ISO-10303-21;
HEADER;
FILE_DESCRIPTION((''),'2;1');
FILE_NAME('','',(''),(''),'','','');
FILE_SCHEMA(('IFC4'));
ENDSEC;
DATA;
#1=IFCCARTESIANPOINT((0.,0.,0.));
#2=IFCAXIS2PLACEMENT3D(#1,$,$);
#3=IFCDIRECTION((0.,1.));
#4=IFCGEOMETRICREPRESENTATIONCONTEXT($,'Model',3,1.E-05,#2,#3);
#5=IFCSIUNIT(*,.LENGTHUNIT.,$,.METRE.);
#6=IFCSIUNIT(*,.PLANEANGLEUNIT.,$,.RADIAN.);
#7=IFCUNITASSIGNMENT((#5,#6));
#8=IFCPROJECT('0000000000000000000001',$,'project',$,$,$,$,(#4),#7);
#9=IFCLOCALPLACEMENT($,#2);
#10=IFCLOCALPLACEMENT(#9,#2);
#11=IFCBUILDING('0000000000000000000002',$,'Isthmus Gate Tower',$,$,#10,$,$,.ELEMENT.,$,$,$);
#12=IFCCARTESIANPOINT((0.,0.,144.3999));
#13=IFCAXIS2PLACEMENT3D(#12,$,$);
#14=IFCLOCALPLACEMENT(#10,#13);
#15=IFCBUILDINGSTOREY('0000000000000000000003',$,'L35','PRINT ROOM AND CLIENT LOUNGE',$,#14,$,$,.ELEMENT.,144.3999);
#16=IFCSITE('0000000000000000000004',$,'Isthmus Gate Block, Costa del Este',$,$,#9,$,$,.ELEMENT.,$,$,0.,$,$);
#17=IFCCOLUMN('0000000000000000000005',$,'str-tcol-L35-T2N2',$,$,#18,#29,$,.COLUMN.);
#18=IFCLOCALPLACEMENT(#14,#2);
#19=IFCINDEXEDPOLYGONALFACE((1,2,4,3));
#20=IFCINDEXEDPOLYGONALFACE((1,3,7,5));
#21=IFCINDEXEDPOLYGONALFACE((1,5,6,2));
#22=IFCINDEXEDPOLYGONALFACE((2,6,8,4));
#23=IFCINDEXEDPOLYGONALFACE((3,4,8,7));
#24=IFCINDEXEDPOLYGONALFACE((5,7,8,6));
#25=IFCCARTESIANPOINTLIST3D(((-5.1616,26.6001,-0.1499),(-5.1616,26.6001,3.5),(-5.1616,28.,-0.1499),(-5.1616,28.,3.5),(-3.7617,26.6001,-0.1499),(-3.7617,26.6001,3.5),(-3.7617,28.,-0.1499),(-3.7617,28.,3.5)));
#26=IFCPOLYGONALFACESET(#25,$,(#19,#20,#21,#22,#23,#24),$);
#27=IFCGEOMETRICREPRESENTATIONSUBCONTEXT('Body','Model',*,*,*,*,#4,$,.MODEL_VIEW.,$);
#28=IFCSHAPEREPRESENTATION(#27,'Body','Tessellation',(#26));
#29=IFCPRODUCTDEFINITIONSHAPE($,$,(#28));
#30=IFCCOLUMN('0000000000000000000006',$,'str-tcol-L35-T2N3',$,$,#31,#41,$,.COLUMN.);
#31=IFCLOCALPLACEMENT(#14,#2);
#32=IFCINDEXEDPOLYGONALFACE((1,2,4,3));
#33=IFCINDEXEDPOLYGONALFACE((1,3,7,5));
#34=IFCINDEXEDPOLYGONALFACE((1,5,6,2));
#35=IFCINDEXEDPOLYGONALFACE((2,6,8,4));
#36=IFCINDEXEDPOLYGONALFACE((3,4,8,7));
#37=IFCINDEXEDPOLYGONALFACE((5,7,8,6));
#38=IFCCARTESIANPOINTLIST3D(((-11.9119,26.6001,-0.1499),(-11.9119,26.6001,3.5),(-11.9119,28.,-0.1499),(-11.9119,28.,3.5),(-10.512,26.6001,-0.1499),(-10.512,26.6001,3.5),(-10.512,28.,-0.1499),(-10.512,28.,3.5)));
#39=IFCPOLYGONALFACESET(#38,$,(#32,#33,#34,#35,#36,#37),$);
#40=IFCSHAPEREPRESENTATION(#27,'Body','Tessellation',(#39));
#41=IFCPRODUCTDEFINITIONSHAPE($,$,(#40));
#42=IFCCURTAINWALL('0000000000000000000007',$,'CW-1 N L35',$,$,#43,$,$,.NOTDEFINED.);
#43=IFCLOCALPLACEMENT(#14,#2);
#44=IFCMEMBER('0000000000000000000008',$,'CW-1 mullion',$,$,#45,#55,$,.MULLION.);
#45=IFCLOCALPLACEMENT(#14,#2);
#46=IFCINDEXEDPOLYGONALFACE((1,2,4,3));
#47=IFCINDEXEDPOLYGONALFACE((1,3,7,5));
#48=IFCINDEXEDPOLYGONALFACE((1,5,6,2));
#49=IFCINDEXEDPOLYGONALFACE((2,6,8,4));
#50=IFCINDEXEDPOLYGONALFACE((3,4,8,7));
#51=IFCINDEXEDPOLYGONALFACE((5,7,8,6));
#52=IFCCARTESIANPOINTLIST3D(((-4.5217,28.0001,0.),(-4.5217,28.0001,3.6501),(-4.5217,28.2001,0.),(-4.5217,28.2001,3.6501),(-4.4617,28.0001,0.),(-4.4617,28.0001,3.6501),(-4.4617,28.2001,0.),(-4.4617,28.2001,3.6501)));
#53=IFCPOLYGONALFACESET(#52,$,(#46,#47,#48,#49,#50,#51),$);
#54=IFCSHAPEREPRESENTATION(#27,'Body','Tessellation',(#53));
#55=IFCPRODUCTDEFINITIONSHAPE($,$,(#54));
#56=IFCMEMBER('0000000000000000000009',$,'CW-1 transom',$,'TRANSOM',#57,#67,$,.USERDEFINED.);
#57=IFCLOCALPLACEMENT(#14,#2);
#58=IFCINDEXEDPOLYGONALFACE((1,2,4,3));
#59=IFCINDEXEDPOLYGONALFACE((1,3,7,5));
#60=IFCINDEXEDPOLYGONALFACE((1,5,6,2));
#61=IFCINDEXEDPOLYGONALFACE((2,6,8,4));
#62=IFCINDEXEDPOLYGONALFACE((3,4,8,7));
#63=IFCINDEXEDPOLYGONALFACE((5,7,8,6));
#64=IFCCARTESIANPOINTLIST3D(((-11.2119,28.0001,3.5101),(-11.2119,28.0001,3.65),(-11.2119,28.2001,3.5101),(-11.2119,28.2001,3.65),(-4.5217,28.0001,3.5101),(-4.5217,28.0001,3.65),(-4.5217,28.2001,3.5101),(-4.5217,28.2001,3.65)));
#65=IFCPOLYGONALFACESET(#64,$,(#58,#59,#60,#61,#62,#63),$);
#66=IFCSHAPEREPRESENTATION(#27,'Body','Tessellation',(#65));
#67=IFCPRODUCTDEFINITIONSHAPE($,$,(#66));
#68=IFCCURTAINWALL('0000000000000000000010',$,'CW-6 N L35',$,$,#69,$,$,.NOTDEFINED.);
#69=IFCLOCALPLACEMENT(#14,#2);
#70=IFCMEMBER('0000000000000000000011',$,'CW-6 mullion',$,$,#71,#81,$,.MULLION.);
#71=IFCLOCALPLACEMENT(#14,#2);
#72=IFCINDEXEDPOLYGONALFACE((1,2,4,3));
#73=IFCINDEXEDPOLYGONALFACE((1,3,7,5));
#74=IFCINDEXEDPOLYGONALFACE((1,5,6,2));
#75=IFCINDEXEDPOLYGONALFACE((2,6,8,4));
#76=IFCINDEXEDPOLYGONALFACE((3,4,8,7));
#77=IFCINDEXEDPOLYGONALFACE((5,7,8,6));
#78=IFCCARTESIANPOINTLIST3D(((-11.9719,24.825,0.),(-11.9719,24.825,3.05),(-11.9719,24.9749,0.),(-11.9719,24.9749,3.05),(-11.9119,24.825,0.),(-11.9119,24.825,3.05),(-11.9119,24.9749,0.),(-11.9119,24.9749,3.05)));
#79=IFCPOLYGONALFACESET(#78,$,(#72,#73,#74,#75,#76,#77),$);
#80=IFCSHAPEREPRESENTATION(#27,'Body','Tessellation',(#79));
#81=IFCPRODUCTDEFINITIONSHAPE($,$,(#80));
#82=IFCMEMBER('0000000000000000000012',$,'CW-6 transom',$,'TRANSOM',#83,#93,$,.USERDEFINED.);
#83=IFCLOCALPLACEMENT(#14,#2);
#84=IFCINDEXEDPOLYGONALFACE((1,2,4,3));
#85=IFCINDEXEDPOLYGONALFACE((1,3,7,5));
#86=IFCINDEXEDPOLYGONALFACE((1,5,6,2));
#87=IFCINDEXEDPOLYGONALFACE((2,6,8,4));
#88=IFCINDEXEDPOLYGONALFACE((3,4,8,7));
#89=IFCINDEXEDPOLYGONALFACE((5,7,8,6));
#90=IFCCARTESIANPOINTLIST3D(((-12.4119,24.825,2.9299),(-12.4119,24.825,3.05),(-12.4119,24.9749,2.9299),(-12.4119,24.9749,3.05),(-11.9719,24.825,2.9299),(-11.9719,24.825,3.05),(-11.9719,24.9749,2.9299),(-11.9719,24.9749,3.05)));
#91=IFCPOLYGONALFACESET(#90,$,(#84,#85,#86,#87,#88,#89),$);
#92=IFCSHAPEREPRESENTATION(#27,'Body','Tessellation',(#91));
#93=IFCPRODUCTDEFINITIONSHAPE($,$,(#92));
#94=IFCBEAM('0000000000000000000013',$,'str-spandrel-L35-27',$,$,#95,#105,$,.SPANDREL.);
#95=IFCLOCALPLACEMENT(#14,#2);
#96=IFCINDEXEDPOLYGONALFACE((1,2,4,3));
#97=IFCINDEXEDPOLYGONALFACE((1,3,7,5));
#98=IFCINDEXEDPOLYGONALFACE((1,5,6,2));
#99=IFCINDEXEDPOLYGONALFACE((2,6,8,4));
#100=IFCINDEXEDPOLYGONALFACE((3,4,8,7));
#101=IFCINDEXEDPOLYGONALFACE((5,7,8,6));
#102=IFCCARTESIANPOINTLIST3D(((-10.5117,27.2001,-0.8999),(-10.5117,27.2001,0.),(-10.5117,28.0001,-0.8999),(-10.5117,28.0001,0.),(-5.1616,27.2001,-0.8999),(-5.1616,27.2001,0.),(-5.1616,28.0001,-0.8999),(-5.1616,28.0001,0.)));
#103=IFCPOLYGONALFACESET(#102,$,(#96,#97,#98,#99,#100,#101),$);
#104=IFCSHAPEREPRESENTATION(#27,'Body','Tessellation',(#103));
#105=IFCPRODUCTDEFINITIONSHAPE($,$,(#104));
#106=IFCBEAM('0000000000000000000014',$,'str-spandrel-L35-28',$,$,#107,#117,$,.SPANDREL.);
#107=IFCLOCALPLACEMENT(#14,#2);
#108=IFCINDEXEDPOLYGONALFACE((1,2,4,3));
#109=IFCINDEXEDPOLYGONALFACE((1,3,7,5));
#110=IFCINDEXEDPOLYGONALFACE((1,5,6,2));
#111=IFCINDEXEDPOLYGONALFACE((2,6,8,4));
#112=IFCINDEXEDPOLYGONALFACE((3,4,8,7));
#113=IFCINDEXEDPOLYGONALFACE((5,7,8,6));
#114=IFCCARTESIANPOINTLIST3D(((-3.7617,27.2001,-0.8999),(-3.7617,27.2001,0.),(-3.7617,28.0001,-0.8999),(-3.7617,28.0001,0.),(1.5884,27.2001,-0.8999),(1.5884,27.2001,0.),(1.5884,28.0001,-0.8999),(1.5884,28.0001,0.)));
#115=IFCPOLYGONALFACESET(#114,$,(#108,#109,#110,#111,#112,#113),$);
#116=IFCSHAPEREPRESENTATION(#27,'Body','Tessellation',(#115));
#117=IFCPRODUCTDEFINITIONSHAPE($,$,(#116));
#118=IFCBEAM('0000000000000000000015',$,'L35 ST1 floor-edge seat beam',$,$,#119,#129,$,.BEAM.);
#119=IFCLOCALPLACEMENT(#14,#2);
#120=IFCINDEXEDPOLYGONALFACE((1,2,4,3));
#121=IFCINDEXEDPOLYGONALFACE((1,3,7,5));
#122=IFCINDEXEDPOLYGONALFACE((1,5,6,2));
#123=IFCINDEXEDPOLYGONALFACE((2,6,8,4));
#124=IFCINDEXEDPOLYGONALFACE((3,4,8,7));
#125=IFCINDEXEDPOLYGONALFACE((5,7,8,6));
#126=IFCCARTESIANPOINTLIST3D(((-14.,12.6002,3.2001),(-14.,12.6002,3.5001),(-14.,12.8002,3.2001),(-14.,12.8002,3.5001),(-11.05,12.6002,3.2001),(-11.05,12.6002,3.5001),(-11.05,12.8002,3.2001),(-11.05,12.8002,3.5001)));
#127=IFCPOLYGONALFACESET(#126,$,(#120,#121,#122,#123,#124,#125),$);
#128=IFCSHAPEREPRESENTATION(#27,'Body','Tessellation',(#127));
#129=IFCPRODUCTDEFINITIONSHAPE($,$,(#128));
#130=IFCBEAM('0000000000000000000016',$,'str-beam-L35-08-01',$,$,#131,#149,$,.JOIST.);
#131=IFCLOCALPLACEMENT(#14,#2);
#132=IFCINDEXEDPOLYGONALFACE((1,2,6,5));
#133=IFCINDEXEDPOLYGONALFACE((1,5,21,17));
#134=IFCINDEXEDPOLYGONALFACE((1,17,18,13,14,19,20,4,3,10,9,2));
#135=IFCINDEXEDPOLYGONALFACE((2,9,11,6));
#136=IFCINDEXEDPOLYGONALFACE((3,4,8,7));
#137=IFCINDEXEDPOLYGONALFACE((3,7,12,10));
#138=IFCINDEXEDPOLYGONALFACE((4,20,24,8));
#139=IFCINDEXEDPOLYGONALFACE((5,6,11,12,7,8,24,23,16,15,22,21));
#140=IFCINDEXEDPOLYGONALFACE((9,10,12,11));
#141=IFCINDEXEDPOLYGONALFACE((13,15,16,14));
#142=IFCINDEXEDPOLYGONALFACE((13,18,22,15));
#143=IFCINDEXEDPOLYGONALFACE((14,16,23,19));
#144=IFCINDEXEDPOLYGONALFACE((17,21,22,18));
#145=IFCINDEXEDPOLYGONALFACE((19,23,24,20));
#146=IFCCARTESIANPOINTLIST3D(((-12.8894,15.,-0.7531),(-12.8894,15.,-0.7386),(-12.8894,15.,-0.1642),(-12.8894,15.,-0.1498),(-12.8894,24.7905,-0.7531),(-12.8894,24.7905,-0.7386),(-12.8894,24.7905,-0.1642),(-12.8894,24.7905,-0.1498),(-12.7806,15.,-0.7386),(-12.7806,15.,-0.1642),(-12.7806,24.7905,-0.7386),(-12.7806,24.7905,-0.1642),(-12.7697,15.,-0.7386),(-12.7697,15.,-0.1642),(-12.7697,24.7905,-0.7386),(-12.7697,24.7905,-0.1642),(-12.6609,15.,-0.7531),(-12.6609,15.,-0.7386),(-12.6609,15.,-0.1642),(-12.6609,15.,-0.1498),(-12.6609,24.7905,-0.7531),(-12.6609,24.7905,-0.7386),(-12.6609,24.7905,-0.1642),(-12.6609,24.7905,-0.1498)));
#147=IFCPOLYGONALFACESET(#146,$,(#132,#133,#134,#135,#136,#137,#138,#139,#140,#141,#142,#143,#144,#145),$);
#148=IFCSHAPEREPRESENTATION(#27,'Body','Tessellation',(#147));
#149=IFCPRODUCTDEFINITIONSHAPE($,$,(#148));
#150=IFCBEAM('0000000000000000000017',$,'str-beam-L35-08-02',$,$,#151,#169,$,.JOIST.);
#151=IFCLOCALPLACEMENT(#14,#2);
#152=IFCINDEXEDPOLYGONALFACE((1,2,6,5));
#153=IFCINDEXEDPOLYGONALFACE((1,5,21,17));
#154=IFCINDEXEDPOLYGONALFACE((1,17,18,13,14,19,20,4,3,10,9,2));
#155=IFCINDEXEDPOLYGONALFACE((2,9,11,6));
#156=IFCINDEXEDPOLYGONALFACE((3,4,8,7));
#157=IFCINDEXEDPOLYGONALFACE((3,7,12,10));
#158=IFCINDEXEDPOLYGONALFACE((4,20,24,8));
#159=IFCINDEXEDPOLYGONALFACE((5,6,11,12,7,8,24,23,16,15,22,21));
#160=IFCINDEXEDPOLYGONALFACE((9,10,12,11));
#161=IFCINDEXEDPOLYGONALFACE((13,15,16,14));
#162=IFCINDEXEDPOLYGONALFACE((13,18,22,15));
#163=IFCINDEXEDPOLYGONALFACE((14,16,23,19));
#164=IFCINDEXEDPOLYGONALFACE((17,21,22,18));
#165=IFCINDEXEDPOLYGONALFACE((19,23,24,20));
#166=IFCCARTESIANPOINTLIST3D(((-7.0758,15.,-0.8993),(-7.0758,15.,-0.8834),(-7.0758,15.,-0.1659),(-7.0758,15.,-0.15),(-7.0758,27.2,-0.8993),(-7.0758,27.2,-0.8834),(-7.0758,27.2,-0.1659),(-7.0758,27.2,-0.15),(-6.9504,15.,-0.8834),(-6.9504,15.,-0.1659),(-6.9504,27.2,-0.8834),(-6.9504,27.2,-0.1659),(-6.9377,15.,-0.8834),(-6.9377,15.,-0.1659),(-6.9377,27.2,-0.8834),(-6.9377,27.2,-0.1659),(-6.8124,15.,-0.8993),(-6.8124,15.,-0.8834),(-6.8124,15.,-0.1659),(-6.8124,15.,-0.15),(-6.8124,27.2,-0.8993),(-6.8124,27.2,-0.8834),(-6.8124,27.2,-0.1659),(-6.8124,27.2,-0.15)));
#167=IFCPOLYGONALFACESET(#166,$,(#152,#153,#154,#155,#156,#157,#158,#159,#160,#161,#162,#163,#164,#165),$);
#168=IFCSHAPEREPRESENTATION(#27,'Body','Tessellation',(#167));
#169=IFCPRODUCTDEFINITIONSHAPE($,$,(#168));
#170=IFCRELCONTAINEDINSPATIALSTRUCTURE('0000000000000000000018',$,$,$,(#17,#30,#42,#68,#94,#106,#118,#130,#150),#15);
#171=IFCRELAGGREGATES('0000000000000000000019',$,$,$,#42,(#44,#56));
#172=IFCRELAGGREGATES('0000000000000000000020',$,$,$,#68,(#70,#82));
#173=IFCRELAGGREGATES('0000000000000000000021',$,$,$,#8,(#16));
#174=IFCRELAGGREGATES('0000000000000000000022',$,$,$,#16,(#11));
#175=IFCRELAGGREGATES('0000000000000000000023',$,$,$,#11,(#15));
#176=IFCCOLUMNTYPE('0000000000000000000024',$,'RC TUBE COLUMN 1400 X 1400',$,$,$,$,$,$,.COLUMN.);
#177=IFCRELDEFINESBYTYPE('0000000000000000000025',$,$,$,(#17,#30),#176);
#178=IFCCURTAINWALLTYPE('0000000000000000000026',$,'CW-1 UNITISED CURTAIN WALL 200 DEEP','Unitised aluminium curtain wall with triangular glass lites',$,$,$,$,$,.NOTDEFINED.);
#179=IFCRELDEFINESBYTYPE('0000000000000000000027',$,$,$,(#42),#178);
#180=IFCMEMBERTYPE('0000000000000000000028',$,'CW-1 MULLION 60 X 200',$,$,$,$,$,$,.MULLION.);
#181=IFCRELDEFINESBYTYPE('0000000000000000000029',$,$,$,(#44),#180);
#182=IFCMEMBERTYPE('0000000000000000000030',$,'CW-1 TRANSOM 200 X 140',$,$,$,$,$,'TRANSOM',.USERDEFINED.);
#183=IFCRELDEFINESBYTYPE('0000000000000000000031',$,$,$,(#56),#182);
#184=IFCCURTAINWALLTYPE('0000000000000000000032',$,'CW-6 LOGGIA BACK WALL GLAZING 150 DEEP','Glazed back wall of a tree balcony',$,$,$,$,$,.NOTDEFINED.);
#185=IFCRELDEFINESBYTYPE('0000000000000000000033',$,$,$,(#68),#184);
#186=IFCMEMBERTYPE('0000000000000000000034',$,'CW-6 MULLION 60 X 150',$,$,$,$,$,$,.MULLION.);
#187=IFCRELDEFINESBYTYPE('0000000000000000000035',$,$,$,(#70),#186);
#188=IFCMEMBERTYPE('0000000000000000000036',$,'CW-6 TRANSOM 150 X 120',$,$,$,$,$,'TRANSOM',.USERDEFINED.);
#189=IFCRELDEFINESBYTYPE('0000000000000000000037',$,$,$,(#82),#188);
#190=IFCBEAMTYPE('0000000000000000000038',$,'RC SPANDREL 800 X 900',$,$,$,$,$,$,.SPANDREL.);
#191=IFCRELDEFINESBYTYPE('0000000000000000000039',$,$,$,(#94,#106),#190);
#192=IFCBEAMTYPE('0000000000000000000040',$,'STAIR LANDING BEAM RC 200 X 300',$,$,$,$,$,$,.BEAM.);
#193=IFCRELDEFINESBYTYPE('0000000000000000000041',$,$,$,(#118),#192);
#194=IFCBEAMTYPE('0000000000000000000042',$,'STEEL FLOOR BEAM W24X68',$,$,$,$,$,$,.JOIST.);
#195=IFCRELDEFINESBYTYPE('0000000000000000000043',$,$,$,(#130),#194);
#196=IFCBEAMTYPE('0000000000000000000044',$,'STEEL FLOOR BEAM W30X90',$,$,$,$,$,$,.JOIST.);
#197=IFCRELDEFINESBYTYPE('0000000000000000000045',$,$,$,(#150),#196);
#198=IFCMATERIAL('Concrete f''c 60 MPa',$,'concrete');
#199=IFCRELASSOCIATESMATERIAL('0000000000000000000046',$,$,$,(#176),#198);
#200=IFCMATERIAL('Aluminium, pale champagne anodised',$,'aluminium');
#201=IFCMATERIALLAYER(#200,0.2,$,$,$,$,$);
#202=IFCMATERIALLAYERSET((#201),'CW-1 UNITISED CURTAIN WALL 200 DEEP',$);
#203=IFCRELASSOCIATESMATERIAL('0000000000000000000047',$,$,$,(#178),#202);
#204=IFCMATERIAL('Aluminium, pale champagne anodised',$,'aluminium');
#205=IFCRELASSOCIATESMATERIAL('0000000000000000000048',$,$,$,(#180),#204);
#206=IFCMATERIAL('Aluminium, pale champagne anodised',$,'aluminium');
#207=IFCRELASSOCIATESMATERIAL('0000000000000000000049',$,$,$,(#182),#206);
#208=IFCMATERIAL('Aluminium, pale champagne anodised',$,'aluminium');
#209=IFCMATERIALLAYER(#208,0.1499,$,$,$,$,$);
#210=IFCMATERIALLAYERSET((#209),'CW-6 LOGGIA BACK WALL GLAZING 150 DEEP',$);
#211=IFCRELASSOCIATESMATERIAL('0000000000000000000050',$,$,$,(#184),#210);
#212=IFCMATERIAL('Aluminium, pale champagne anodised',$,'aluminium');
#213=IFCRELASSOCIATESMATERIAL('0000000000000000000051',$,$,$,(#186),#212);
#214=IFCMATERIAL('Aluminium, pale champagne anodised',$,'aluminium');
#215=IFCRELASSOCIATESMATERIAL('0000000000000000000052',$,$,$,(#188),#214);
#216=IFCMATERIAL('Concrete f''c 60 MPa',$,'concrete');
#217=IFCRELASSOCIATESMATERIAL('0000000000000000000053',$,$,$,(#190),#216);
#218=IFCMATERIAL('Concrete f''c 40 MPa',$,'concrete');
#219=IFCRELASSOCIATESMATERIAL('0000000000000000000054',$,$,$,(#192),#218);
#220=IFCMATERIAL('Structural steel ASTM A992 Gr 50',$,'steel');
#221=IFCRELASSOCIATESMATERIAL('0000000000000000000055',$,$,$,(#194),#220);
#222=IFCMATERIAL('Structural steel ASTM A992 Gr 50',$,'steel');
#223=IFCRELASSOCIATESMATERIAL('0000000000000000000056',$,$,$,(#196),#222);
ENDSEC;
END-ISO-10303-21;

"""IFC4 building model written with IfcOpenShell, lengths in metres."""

from ifc_helpers import new_model, si_unit, direction, frame, origin, origin_2d, place, context, subcontext, project, spatial, rectangle, i_section, extrude, material, layer, layer_set, material_profile, profile_set, type_object, element, aggregate, save


model = new_model("IFC4")

# Units and contexts
model_context = context("Model", 3, precision=1e-05, world=origin(), true_north=direction((0.0, 1.0)))
body_context = subcontext(model_context, "Body", "Model", "MODEL_VIEW")
ifc_project = project(units=[si_unit("LENGTHUNIT", "METRE"), si_unit("PLANEANGLEUNIT", "RADIAN")], contexts=[model_context])

# Site, building, storey
site_placement = place(None, origin())
site = spatial("IfcSite", under=ifc_project, at=site_placement, Name="Isthmus Gate Block, Costa del Este", CompositionType="ELEMENT", RefElevation=0.0)
building_placement = place(site_placement, origin())
building = spatial("IfcBuilding", under=site, at=building_placement, Name="Isthmus Gate Tower", CompositionType="ELEMENT")
storey_placement = place(building_placement, frame((0.0, 0.0, 144.3999)))
storey = spatial("IfcBuildingStorey", under=building, at=storey_placement, Name="L35", Description="PRINT ROOM AND CLIENT LOUNGE", CompositionType="ELEMENT", Elevation=144.3999)

# Columns
ifc_material_1 = material(Name="Concrete f'c 60 MPa", Category="concrete")
ifc_material_profile_1 = material_profile(ifc_material_1, rectangle(XDim=1.3999, YDim=1.3999, at=origin_2d()), Name="RC 1400X1400")
ifc_profile_set_1 = profile_set([ifc_material_profile_1], Name="Concrete f'c 60 MPa")
column_type = type_object("IfcColumnType", Name="RC TUBE COLUMN 1400 X 1400", PredefinedType="COLUMN", material=ifc_profile_set_1)
for number, where, z_axis, x_axis, name in (
    (1, (-4.4617, 27.3, -0.1499), (0.0, 0.0, 1.0), (-1.0, 0.0, 0.0), "str-tcol-L35-T2N2"),
    (2, (-11.2119, 27.3, -0.1499), (0.0, 0.0, 1.0), (-1.0, 0.0, 0.0), "str-tcol-L35-T2N3"),
):
    element("IfcColumn", number, at=place(storey_placement, frame(where, z_axis=z_axis, x_axis=x_axis)), inside=storey, type_object=column_type, Name=name, PredefinedType="COLUMN", context=body_context, shape_type="SweptSolid", body=[
        extrude(rectangle(XDim=1.3999, YDim=1.3999, at=origin_2d()), origin(), (0.0, 0.0, 1.0), 3.6499),
    ])

# Curtain walls, members
ifc_material_2 = material(Name="Aluminium, pale champagne anodised", Category="aluminium")
ifc_layer_1 = layer(ifc_material_2, 0.2)
ifc_layer_set_1 = layer_set([ifc_layer_1], Name="CW-1 UNITISED CURTAIN WALL 200 DEEP")
curtain_wall_type_1 = type_object("IfcCurtainWallType", Name="CW-1 UNITISED CURTAIN WALL 200 DEEP", Description="Unitised aluminium curtain wall with triangular glass lites", PredefinedType="NOTDEFINED", material=ifc_layer_set_1)
curtain_wall_1_placement = place(storey_placement, origin())
curtain_wall_1 = element("IfcCurtainWall", 3, at=curtain_wall_1_placement, inside=storey, type_object=curtain_wall_type_1, Name="CW-1 N L35", PredefinedType="NOTDEFINED")
ifc_material_3 = material(Name="Aluminium, pale champagne anodised", Category="aluminium")
ifc_material_profile_2 = material_profile(ifc_material_3, rectangle(XDim=0.0601, YDim=0.2, at=origin_2d()), Name="60x200")
ifc_profile_set_2 = profile_set([ifc_material_profile_2], Name="Aluminium, pale champagne anodised")
member_type_1 = type_object("IfcMemberType", Name="CW-1 MULLION 60 X 200", PredefinedType="MULLION", material=ifc_profile_set_2)
member_1_placement = place(storey_placement, frame((-4.4917, 28.1001, 0.0), z_axis=(0.0, 0.0, 1.0), x_axis=(-1.0, 0.0, 0.0)))
member_1 = element("IfcMember", 4, at=member_1_placement, type_object=member_type_1, Name="CW-1 mullion", PredefinedType="MULLION", context=body_context, shape_type="SweptSolid", body=[
    extrude(rectangle(XDim=0.0601, YDim=0.2, at=origin_2d()), origin(), (0.0, 0.0, 1.0), 3.6501),
])
ifc_material_4 = material(Name="Aluminium, pale champagne anodised", Category="aluminium")
ifc_material_profile_3 = material_profile(ifc_material_4, rectangle(XDim=0.2, YDim=0.1399, at=origin_2d()), Name="200x140")
ifc_profile_set_3 = profile_set([ifc_material_profile_3], Name="Aluminium, pale champagne anodised")
member_type_2 = type_object("IfcMemberType", Name="CW-1 TRANSOM 200 X 140", ElementType="TRANSOM", PredefinedType="USERDEFINED", material=ifc_profile_set_3)
member_2_placement = place(storey_placement, frame((-4.5217, 28.1001, 3.5801), z_axis=(-1.0, 0.0, 0.0), x_axis=(0.0, -1.0, 0.0)))
member_2 = element("IfcMember", 5, at=member_2_placement, type_object=member_type_2, Name="CW-1 transom", ObjectType="TRANSOM", PredefinedType="USERDEFINED", context=body_context, shape_type="SweptSolid", body=[
    extrude(rectangle(XDim=0.2, YDim=0.1399, at=origin_2d()), origin(), (0.0, 0.0, 1.0), 6.6902),
])
ifc_material_5 = material(Name="Aluminium, pale champagne anodised", Category="aluminium")
ifc_layer_2 = layer(ifc_material_5, 0.1499)
ifc_layer_set_2 = layer_set([ifc_layer_2], Name="CW-6 LOGGIA BACK WALL GLAZING 150 DEEP")
curtain_wall_type_2 = type_object("IfcCurtainWallType", Name="CW-6 LOGGIA BACK WALL GLAZING 150 DEEP", Description="Glazed back wall of a tree balcony", PredefinedType="NOTDEFINED", material=ifc_layer_set_2)
curtain_wall_2_placement = place(storey_placement, origin())
curtain_wall_2 = element("IfcCurtainWall", 6, at=curtain_wall_2_placement, inside=storey, type_object=curtain_wall_type_2, Name="CW-6 N L35", PredefinedType="NOTDEFINED")
ifc_material_6 = material(Name="Aluminium, pale champagne anodised", Category="aluminium")
ifc_material_profile_4 = material_profile(ifc_material_6, rectangle(XDim=0.0601, YDim=0.1499, at=origin_2d()), Name="60x150")
ifc_profile_set_4 = profile_set([ifc_material_profile_4], Name="Aluminium, pale champagne anodised")
member_type_3 = type_object("IfcMemberType", Name="CW-6 MULLION 60 X 150", PredefinedType="MULLION", material=ifc_profile_set_4)
member_3_placement = place(storey_placement, frame((-11.9419, 24.8999, 0.0), z_axis=(0.0, 0.0, 1.0), x_axis=(-1.0, 0.0, 0.0)))
member_3 = element("IfcMember", 7, at=member_3_placement, type_object=member_type_3, Name="CW-6 mullion", PredefinedType="MULLION", context=body_context, shape_type="SweptSolid", body=[
    extrude(rectangle(XDim=0.0601, YDim=0.1499, at=origin_2d()), origin(), (0.0, 0.0, 1.0), 3.05),
])
ifc_material_7 = material(Name="Aluminium, pale champagne anodised", Category="aluminium")
ifc_material_profile_5 = material_profile(ifc_material_7, rectangle(XDim=0.1499, YDim=0.1201, at=origin_2d()), Name="150x120")
ifc_profile_set_5 = profile_set([ifc_material_profile_5], Name="Aluminium, pale champagne anodised")
member_type_4 = type_object("IfcMemberType", Name="CW-6 TRANSOM 150 X 120", ElementType="TRANSOM", PredefinedType="USERDEFINED", material=ifc_profile_set_5)
member_4_placement = place(storey_placement, frame((-11.9719, 24.8999, 2.99), z_axis=(-1.0, 0.0, 0.0), x_axis=(0.0, -1.0, 0.0)))
member_4 = element("IfcMember", 8, at=member_4_placement, type_object=member_type_4, Name="CW-6 transom", ObjectType="TRANSOM", PredefinedType="USERDEFINED", context=body_context, shape_type="SweptSolid", body=[
    extrude(rectangle(XDim=0.1499, YDim=0.1201, at=origin_2d()), origin(), (0.0, 0.0, 1.0), 0.4399),
])

# Beams
ifc_material_8 = material(Name="Concrete f'c 60 MPa", Category="concrete")
ifc_material_profile_6 = material_profile(ifc_material_8, rectangle(XDim=0.8, YDim=0.8999, at=origin_2d()), Name="RC 800X900")
ifc_profile_set_6 = profile_set([ifc_material_profile_6], Name="Concrete f'c 60 MPa")
beam_type_1 = type_object("IfcBeamType", Name="RC SPANDREL 800 X 900", PredefinedType="SPANDREL", material=ifc_profile_set_6)
for number, where, z_axis, x_axis, name in (
    (9, (-10.5117, 27.6001, -0.45), (1.0, 0.0, 0.0), (0.0, 1.0, 0.0), "str-spandrel-L35-27"),
    (10, (-3.7617, 27.6001, -0.45), (1.0, 0.0, 0.0), (0.0, 1.0, 0.0), "str-spandrel-L35-28"),
):
    element("IfcBeam", number, at=place(storey_placement, frame(where, z_axis=z_axis, x_axis=x_axis)), inside=storey, type_object=beam_type_1, Name=name, PredefinedType="SPANDREL", context=body_context, shape_type="SweptSolid", body=[
        extrude(rectangle(XDim=0.8, YDim=0.8999, at=origin_2d()), origin(), (0.0, 0.0, 1.0), 5.3501),
    ])
ifc_material_9 = material(Name="Concrete f'c 40 MPa", Category="concrete")
ifc_material_profile_7 = material_profile(ifc_material_9, rectangle(XDim=0.2, YDim=0.3, at=origin_2d()), Name="STAIR LANDING BEAM RC 200 X 300")
ifc_profile_set_7 = profile_set([ifc_material_profile_7], Name="Concrete f'c 40 MPa")
beam_type_2 = type_object("IfcBeamType", Name="STAIR LANDING BEAM RC 200 X 300", PredefinedType="BEAM", material=ifc_profile_set_7)
beam_1_placement = place(storey_placement, frame((-14.0, 12.7002, 3.3501), z_axis=(1.0, 0.0, 0.0), x_axis=(0.0, 1.0, 0.0)))
element("IfcBeam", 11, at=beam_1_placement, inside=storey, type_object=beam_type_2, Name="L35 ST1 floor-edge seat beam", PredefinedType="BEAM", context=body_context, shape_type="SweptSolid", body=[
    extrude(rectangle(XDim=0.2, YDim=0.3, at=origin_2d()), origin(), (0.0, 0.0, 1.0), 2.95),
])
ifc_material_10 = material(Name="Structural steel ASTM A992 Gr 50", Category="steel")
ifc_material_profile_8 = material_profile(ifc_material_10, i_section(OverallWidth=0.2285, OverallDepth=0.6033, WebThickness=0.011, FlangeThickness=0.0144, at=origin_2d()), Name="W24X68")
ifc_profile_set_8 = profile_set([ifc_material_profile_8], Name="Structural steel ASTM A992 Gr 50")
beam_type_3 = type_object("IfcBeamType", Name="STEEL FLOOR BEAM W24X68", PredefinedType="JOIST", material=ifc_profile_set_8)
beam_2_placement = place(storey_placement, frame((-12.7751, 15.0, -0.4514), z_axis=(0.0, 1.0, 0.0), x_axis=(-1.0, 0.0, 0.0)))
element("IfcBeam", 12, at=beam_2_placement, inside=storey, type_object=beam_type_3, Name="str-beam-L35-08-01", PredefinedType="JOIST", context=body_context, shape_type="SweptSolid", body=[
    extrude(i_section(OverallWidth=0.2285, OverallDepth=0.6033, WebThickness=0.011, FlangeThickness=0.0144, at=origin_2d()), origin(), (0.0, 0.0, 1.0), 9.7905),
])
ifc_material_11 = material(Name="Structural steel ASTM A992 Gr 50", Category="steel")
ifc_material_profile_9 = material_profile(ifc_material_11, i_section(OverallWidth=0.2634, OverallDepth=0.7493, WebThickness=0.0127, FlangeThickness=0.0159, at=origin_2d()), Name="W30X90")
ifc_profile_set_9 = profile_set([ifc_material_profile_9], Name="Structural steel ASTM A992 Gr 50")
beam_type_4 = type_object("IfcBeamType", Name="STEEL FLOOR BEAM W30X90", PredefinedType="JOIST", material=ifc_profile_set_9)
for number, where, z_axis, x_axis, name in (
    (13, (-6.9441, 15.0, -0.5247), (0.0, 1.0, 0.0), (-1.0, 0.0, 0.0), "str-beam-L35-08-02"),
):
    element("IfcBeam", number, at=place(storey_placement, frame(where, z_axis=z_axis, x_axis=x_axis)), inside=storey, type_object=beam_type_4, Name=name, PredefinedType="JOIST", context=body_context, shape_type="SweptSolid", body=[
        extrude(i_section(OverallWidth=0.2634, OverallDepth=0.7493, WebThickness=0.0127, FlangeThickness=0.0159, at=origin_2d()), origin(), (0.0, 0.0, 1.0), 12.2),
    ])

aggregate(curtain_wall_1, [member_1, member_2])
aggregate(curtain_wall_2, [member_3, member_4])

save(model, "model.ifc")
